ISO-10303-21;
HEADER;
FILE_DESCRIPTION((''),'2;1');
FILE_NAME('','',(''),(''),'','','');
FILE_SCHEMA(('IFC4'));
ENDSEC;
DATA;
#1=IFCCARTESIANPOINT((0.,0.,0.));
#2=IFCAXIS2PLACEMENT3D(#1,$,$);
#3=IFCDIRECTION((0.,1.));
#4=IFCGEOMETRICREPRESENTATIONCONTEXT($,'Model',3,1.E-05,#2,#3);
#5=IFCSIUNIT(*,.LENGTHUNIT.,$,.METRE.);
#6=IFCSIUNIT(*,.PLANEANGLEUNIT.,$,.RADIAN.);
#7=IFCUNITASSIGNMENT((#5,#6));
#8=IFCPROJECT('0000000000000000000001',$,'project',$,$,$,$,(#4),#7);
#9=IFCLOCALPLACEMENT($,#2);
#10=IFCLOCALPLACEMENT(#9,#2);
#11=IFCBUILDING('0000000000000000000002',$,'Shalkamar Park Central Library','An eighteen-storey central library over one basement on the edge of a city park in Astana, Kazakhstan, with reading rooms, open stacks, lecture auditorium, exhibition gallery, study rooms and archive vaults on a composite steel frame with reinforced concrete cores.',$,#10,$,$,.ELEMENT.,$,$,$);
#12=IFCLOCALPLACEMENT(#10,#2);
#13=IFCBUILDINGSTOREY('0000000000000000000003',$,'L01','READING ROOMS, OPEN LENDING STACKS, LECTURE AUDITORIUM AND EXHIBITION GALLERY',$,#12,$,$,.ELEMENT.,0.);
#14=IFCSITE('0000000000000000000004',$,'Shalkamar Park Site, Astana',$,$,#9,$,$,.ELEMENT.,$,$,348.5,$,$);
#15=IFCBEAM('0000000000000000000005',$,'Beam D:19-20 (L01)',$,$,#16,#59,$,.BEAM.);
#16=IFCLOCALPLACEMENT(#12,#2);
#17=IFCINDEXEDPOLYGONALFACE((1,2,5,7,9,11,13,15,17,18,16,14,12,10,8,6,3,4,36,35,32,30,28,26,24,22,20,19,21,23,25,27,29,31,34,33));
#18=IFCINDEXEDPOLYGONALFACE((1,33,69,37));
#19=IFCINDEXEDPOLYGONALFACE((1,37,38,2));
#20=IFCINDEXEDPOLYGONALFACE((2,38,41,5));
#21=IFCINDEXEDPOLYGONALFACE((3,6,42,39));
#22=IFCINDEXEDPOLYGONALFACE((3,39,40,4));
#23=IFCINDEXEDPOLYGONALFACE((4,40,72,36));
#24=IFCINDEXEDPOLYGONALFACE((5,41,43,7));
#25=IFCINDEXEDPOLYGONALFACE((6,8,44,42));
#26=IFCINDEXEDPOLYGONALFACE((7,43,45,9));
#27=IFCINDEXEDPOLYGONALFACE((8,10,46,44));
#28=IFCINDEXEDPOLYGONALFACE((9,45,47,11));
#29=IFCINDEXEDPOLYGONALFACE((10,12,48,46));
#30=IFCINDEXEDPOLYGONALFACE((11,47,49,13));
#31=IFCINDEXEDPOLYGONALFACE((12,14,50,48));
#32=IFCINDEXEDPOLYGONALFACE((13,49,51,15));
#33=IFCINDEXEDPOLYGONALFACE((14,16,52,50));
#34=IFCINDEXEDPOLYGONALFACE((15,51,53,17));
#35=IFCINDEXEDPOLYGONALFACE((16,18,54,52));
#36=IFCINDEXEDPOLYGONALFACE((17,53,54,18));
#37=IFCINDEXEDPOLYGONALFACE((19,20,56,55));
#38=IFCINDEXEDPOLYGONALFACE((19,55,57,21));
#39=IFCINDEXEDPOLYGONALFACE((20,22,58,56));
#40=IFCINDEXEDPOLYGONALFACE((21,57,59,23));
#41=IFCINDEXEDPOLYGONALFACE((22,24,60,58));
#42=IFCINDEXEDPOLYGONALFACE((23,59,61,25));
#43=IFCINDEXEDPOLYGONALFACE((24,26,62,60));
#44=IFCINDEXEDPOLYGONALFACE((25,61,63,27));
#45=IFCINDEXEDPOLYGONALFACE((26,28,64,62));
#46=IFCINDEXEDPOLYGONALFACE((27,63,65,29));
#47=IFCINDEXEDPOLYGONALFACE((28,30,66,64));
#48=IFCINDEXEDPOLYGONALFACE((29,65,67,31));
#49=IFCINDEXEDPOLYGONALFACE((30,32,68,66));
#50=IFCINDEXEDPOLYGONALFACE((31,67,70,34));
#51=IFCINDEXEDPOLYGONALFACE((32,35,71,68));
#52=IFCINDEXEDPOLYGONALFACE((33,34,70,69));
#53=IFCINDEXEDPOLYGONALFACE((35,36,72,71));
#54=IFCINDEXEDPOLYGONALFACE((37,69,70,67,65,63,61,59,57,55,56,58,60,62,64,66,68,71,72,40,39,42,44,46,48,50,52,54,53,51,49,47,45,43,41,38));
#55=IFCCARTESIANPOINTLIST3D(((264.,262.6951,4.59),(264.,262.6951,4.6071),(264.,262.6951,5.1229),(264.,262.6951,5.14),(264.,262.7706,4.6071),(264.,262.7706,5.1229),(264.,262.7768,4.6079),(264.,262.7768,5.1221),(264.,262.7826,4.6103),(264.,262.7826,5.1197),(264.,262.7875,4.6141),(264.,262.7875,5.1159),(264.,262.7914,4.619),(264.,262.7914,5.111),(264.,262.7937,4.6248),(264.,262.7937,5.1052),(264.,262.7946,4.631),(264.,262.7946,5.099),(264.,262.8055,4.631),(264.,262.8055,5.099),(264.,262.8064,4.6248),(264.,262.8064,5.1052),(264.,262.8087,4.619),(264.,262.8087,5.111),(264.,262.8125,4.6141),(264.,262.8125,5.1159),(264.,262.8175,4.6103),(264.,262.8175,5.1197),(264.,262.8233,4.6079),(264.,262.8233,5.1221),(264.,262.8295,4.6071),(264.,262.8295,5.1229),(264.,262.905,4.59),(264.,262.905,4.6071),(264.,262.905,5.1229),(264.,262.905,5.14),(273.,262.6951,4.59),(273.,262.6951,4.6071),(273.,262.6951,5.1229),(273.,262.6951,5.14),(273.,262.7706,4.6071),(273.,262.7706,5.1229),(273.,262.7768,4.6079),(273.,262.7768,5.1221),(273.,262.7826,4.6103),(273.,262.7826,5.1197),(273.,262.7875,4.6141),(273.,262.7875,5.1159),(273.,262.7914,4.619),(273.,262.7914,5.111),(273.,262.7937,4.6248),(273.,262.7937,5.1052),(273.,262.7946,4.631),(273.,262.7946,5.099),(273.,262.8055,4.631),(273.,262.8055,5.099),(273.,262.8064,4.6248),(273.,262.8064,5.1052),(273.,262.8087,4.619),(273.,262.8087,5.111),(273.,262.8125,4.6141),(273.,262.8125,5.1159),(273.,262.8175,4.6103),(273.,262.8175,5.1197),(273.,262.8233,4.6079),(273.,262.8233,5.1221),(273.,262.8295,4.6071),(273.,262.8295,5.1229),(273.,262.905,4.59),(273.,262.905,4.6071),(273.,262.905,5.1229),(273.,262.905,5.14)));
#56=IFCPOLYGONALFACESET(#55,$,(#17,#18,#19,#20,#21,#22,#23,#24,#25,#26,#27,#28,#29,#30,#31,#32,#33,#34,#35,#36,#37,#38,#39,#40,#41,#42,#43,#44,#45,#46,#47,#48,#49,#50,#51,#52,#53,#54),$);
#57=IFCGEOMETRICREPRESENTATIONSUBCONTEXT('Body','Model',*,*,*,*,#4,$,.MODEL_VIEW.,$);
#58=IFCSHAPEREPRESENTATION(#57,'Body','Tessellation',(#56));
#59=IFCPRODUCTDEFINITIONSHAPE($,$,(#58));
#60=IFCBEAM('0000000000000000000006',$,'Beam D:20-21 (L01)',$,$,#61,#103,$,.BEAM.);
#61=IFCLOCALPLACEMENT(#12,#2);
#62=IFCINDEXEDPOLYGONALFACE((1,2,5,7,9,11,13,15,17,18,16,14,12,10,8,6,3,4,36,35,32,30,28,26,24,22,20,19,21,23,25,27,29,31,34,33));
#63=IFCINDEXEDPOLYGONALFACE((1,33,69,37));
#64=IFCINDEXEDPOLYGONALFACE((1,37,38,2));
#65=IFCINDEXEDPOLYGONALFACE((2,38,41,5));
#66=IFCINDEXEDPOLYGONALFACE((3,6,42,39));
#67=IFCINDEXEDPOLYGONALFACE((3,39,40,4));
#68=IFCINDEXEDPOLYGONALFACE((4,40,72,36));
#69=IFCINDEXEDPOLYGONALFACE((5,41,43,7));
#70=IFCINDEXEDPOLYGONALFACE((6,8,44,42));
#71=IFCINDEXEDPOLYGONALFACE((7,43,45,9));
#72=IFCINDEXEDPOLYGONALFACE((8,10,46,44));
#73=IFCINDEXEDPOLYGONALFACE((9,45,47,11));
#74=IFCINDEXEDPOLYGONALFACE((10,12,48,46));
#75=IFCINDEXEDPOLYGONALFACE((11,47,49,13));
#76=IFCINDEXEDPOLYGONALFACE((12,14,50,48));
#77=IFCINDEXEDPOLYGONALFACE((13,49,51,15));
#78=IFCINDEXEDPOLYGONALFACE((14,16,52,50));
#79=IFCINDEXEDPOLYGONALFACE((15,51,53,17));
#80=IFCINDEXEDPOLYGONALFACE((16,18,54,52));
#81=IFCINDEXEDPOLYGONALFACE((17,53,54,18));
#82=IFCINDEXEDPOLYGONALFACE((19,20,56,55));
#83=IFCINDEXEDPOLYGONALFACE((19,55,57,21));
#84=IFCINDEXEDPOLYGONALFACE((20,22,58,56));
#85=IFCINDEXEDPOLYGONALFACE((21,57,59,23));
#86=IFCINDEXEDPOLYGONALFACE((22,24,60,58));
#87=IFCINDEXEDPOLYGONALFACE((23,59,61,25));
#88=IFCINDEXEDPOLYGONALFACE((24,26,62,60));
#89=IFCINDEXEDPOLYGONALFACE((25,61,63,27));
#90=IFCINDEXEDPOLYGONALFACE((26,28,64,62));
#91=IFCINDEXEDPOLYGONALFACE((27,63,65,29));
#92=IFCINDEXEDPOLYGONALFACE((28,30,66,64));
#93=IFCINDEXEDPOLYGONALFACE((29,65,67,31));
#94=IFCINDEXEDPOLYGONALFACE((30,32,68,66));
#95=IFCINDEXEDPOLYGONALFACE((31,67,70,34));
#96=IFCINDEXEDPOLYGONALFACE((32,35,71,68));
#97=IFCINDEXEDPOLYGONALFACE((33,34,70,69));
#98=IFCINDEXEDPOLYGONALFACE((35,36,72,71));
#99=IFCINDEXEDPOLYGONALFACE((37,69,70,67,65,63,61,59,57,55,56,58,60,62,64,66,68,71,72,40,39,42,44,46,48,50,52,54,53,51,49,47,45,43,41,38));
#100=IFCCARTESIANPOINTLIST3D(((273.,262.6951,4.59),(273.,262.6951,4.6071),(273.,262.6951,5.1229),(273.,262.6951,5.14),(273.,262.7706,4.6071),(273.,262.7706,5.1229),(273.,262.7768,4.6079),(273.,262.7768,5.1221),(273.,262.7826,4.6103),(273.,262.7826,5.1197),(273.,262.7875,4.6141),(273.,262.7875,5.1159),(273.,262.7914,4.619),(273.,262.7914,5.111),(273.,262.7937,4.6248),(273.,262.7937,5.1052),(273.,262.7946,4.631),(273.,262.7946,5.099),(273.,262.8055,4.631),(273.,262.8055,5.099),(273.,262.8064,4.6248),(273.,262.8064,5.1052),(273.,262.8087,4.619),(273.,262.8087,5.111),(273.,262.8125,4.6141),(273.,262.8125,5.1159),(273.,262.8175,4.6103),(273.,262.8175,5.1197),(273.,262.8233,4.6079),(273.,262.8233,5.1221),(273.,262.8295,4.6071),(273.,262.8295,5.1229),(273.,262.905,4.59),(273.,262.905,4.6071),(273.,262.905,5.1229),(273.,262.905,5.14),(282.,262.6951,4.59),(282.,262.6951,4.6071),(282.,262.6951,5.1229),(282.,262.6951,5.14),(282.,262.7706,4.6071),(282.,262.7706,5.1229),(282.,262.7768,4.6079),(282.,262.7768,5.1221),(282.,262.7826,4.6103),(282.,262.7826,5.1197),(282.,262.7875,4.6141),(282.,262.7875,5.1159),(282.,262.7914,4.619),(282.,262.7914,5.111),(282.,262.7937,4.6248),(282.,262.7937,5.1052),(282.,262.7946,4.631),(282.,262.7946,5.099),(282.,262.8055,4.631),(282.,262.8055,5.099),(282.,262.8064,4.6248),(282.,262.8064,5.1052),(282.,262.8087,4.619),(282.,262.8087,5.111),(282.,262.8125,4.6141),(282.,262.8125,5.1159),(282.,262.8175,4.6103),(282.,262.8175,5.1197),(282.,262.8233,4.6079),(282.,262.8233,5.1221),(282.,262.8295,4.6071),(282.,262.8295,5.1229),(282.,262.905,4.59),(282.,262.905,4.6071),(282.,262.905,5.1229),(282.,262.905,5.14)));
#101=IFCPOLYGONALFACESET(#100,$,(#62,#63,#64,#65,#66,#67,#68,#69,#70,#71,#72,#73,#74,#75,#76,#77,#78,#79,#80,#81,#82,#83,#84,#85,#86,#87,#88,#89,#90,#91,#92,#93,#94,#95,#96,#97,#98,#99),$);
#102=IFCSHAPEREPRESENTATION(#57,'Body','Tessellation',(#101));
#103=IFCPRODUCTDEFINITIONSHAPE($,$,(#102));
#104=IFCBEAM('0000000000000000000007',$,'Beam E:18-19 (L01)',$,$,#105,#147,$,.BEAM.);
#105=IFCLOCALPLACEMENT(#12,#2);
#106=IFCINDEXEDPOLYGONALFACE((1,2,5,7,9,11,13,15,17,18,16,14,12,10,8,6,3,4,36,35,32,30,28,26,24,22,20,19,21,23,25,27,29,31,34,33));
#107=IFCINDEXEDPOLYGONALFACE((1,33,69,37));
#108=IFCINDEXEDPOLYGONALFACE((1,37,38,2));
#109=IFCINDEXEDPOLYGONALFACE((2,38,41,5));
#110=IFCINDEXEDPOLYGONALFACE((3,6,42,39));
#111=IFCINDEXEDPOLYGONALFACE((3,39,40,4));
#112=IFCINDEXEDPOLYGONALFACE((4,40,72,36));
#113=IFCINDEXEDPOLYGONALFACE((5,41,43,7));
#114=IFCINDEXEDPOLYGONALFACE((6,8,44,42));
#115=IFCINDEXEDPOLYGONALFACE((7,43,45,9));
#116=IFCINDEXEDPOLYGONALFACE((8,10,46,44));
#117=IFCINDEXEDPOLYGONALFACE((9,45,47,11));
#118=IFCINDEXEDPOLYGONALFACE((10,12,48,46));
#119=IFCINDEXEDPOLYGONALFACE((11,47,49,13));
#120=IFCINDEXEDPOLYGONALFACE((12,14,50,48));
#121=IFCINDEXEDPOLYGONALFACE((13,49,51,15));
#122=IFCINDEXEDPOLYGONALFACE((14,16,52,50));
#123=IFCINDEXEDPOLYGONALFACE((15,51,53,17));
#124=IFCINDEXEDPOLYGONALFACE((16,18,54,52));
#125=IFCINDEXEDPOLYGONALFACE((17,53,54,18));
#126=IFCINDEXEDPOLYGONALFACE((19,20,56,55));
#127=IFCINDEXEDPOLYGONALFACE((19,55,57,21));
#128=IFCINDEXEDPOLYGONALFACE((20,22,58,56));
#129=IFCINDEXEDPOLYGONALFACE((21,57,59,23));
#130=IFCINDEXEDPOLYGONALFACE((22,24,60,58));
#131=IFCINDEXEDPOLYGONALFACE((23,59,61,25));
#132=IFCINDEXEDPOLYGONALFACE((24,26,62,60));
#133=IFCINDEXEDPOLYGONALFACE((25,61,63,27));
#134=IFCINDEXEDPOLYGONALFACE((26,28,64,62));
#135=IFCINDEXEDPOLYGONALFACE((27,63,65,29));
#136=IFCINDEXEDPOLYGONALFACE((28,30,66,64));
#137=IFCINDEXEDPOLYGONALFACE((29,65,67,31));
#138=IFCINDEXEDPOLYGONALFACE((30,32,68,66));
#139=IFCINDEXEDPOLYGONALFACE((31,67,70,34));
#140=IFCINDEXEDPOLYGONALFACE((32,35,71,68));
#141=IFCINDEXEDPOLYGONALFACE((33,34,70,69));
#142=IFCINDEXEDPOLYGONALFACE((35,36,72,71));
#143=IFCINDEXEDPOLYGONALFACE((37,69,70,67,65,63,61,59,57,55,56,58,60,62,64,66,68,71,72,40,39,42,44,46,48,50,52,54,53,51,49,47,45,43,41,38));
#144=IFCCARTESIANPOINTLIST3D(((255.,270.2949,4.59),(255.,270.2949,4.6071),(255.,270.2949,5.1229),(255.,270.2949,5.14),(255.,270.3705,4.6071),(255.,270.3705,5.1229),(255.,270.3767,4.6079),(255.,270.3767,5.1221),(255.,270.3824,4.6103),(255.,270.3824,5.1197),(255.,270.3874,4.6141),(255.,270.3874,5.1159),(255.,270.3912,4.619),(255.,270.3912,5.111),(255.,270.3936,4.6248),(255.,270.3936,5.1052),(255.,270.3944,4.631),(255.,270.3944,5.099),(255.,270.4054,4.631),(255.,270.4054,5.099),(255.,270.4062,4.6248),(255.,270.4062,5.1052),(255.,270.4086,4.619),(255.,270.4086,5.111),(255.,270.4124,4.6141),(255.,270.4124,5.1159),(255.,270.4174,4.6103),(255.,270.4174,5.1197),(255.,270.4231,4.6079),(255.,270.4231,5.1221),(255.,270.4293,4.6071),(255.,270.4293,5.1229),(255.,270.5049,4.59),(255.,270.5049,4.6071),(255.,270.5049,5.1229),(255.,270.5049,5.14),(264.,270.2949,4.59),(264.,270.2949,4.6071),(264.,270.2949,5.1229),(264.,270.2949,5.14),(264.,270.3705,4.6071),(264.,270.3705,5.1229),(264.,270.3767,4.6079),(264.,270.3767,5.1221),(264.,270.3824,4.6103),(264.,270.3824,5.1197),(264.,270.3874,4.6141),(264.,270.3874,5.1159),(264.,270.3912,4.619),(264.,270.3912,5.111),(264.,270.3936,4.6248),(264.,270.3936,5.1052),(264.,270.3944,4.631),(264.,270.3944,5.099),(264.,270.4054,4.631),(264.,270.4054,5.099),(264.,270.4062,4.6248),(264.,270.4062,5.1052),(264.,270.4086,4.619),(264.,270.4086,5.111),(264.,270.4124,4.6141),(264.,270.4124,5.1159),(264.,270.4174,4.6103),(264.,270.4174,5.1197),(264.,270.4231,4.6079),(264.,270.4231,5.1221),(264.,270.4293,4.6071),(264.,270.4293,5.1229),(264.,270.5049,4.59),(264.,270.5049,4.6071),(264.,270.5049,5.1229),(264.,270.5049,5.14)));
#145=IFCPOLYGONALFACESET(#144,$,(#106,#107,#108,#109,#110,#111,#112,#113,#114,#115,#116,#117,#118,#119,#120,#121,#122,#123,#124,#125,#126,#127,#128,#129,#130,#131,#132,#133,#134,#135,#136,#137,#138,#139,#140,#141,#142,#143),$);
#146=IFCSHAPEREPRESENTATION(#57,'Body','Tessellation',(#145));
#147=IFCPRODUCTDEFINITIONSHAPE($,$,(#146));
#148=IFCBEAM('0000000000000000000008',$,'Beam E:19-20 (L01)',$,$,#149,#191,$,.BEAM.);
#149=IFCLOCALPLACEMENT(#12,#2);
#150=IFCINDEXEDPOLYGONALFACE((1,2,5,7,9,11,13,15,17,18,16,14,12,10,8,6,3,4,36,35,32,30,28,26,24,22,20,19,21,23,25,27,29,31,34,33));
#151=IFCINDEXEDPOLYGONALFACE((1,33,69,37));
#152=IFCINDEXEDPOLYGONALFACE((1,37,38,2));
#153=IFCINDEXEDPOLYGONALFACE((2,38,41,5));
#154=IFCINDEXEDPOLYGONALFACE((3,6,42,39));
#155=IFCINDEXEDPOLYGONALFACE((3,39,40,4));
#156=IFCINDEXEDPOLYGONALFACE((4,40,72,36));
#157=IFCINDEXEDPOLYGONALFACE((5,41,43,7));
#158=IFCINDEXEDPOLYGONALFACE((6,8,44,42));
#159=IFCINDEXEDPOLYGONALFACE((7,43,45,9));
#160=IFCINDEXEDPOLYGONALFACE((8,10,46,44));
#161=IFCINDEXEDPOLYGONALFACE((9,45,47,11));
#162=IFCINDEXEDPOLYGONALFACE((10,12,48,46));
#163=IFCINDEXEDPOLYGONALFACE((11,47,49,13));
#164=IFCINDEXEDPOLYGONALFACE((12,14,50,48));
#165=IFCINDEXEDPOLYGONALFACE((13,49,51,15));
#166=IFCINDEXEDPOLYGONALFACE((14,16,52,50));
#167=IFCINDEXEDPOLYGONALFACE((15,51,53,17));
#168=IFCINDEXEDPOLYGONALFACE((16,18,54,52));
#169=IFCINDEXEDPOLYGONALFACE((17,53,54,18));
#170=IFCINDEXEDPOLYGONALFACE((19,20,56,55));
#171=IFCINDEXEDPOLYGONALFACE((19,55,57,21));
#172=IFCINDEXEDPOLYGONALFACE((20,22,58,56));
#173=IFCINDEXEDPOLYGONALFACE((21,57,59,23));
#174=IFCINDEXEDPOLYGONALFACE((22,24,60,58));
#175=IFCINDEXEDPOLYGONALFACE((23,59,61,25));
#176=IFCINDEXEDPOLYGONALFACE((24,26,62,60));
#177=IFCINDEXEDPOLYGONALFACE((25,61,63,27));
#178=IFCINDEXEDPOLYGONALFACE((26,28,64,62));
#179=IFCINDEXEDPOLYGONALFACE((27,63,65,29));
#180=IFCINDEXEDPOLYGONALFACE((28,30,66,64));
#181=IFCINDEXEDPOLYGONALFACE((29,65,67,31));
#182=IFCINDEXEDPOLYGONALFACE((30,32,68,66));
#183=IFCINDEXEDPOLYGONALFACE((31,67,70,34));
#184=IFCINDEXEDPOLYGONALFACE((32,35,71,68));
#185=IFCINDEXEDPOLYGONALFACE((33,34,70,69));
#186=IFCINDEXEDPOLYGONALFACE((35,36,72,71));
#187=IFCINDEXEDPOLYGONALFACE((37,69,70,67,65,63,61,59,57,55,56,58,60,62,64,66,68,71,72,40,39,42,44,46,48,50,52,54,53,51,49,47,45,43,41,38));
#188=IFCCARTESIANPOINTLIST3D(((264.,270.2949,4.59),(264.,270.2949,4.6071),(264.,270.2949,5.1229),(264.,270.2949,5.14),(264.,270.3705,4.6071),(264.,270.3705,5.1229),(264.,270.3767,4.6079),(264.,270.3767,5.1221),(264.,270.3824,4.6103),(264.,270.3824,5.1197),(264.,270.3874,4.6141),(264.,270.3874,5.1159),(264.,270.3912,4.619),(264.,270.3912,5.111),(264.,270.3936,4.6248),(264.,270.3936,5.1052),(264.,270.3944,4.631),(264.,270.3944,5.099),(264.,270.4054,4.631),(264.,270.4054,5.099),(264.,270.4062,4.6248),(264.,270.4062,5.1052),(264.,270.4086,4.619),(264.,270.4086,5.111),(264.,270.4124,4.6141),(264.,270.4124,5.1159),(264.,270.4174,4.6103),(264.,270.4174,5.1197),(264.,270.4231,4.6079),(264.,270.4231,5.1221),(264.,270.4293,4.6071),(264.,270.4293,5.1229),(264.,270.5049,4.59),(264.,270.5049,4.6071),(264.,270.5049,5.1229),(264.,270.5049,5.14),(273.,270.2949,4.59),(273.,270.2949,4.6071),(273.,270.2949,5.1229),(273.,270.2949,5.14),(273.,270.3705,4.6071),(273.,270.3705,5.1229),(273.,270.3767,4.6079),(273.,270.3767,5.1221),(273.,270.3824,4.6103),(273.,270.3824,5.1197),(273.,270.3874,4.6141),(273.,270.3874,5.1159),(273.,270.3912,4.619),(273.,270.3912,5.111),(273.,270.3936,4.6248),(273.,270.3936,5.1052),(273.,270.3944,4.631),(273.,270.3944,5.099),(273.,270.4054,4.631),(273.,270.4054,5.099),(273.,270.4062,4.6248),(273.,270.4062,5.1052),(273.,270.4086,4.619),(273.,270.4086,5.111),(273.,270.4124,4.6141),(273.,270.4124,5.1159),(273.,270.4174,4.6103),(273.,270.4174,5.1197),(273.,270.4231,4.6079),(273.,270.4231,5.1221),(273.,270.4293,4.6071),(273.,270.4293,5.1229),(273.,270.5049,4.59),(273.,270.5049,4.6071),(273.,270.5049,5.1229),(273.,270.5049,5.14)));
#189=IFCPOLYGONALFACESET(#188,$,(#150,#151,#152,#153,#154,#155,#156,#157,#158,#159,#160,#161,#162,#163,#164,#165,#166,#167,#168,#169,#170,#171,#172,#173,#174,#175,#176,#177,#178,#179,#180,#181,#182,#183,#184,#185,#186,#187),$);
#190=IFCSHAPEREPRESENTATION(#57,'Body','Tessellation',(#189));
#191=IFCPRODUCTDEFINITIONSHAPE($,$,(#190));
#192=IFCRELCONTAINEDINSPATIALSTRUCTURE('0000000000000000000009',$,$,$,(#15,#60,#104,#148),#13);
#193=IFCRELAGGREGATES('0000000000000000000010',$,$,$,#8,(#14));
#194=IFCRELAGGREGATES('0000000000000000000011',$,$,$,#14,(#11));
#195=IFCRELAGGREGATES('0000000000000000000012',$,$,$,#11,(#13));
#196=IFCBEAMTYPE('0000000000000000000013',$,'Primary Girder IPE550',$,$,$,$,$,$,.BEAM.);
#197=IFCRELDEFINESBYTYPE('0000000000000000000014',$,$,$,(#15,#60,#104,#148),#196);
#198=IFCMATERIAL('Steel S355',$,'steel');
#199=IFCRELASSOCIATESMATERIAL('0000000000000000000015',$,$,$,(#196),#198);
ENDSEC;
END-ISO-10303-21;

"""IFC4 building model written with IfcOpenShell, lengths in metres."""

from ifc_helpers import new_model, si_unit, direction, frame, origin, origin_2d, place, context, subcontext, project, spatial, i_section, extrude, material, material_profile, profile_set, type_object, element, save


model = new_model("IFC4")

# Units and contexts
model_context = context("Model", 3, precision=1e-05, world=origin(), true_north=direction((0.0, 1.0)))
body_context = subcontext(model_context, "Body", "Model", "MODEL_VIEW")
ifc_project = project(units=[si_unit("LENGTHUNIT", "METRE"), si_unit("PLANEANGLEUNIT", "RADIAN")], contexts=[model_context])

# Site, building, storey
site_placement = place(None, origin())
site = spatial("IfcSite", under=ifc_project, at=site_placement, Name="Shalkamar Park Site, Astana", CompositionType="ELEMENT", RefElevation=348.5)
building_placement = place(site_placement, origin())
building = spatial("IfcBuilding", under=site, at=building_placement, Name="Shalkamar Park Central Library", Description="An eighteen-storey central library over one basement on the edge of a city park in Astana, Kazakhstan, with reading rooms, open stacks, lecture auditorium, exhibition gallery, study rooms and archive vaults on a composite steel frame with reinforced concrete cores.", CompositionType="ELEMENT")
storey_placement = place(building_placement, origin())
storey = spatial("IfcBuildingStorey", under=building, at=storey_placement, Name="L01", Description="READING ROOMS, OPEN LENDING STACKS, LECTURE AUDITORIUM AND EXHIBITION GALLERY", CompositionType="ELEMENT", Elevation=0.0)

# Shared definitions
ifc_material_1 = material(Name="Steel S355", Category="steel")

# Beams
ifc_material_profile_1 = material_profile(ifc_material_1, i_section(OverallWidth=0.21, OverallDepth=0.55, WebThickness=0.011, FlangeThickness=0.0171, FilletRadius=0.0239, at=origin_2d()), Name="IPE 550")
ifc_profile_set_1 = profile_set([ifc_material_profile_1], Name="Steel S355")
beam_type_1 = type_object("IfcBeamType", Name="Primary Girder IPE550", PredefinedType="BEAM", material=ifc_profile_set_1)
for number, where, z_axis, x_axis, name in (
    (1, (264.0, 262.8, 4.865), (1.0, 0.0, 0.0), (0.0, 1.0, 0.0), "Beam D:19-20 (L01)"),
    (2, (273.0, 262.8, 4.865), (1.0, 0.0, 0.0), (0.0, 1.0, 0.0), "Beam D:20-21 (L01)"),
    (3, (255.0, 270.3999, 4.865), (1.0, 0.0, 0.0), (0.0, 1.0, 0.0), "Beam E:18-19 (L01)"),
    (4, (264.0, 270.3999, 4.865), (1.0, 0.0, 0.0), (0.0, 1.0, 0.0), "Beam E:19-20 (L01)"),
):
    element("IfcBeam", number, at=place(storey_placement, frame(where, z_axis=z_axis, x_axis=x_axis)), inside=storey, type_object=beam_type_1, Name=name, PredefinedType="BEAM", context=body_context, shape_type="SweptSolid", body=[
        extrude(i_section(OverallWidth=0.21, OverallDepth=0.55, WebThickness=0.011, FlangeThickness=0.0171, FilletRadius=0.0239, at=origin_2d()), origin(), (0.0, 0.0, 1.0), 9.0),
    ])

save(model, "model.ifc")
